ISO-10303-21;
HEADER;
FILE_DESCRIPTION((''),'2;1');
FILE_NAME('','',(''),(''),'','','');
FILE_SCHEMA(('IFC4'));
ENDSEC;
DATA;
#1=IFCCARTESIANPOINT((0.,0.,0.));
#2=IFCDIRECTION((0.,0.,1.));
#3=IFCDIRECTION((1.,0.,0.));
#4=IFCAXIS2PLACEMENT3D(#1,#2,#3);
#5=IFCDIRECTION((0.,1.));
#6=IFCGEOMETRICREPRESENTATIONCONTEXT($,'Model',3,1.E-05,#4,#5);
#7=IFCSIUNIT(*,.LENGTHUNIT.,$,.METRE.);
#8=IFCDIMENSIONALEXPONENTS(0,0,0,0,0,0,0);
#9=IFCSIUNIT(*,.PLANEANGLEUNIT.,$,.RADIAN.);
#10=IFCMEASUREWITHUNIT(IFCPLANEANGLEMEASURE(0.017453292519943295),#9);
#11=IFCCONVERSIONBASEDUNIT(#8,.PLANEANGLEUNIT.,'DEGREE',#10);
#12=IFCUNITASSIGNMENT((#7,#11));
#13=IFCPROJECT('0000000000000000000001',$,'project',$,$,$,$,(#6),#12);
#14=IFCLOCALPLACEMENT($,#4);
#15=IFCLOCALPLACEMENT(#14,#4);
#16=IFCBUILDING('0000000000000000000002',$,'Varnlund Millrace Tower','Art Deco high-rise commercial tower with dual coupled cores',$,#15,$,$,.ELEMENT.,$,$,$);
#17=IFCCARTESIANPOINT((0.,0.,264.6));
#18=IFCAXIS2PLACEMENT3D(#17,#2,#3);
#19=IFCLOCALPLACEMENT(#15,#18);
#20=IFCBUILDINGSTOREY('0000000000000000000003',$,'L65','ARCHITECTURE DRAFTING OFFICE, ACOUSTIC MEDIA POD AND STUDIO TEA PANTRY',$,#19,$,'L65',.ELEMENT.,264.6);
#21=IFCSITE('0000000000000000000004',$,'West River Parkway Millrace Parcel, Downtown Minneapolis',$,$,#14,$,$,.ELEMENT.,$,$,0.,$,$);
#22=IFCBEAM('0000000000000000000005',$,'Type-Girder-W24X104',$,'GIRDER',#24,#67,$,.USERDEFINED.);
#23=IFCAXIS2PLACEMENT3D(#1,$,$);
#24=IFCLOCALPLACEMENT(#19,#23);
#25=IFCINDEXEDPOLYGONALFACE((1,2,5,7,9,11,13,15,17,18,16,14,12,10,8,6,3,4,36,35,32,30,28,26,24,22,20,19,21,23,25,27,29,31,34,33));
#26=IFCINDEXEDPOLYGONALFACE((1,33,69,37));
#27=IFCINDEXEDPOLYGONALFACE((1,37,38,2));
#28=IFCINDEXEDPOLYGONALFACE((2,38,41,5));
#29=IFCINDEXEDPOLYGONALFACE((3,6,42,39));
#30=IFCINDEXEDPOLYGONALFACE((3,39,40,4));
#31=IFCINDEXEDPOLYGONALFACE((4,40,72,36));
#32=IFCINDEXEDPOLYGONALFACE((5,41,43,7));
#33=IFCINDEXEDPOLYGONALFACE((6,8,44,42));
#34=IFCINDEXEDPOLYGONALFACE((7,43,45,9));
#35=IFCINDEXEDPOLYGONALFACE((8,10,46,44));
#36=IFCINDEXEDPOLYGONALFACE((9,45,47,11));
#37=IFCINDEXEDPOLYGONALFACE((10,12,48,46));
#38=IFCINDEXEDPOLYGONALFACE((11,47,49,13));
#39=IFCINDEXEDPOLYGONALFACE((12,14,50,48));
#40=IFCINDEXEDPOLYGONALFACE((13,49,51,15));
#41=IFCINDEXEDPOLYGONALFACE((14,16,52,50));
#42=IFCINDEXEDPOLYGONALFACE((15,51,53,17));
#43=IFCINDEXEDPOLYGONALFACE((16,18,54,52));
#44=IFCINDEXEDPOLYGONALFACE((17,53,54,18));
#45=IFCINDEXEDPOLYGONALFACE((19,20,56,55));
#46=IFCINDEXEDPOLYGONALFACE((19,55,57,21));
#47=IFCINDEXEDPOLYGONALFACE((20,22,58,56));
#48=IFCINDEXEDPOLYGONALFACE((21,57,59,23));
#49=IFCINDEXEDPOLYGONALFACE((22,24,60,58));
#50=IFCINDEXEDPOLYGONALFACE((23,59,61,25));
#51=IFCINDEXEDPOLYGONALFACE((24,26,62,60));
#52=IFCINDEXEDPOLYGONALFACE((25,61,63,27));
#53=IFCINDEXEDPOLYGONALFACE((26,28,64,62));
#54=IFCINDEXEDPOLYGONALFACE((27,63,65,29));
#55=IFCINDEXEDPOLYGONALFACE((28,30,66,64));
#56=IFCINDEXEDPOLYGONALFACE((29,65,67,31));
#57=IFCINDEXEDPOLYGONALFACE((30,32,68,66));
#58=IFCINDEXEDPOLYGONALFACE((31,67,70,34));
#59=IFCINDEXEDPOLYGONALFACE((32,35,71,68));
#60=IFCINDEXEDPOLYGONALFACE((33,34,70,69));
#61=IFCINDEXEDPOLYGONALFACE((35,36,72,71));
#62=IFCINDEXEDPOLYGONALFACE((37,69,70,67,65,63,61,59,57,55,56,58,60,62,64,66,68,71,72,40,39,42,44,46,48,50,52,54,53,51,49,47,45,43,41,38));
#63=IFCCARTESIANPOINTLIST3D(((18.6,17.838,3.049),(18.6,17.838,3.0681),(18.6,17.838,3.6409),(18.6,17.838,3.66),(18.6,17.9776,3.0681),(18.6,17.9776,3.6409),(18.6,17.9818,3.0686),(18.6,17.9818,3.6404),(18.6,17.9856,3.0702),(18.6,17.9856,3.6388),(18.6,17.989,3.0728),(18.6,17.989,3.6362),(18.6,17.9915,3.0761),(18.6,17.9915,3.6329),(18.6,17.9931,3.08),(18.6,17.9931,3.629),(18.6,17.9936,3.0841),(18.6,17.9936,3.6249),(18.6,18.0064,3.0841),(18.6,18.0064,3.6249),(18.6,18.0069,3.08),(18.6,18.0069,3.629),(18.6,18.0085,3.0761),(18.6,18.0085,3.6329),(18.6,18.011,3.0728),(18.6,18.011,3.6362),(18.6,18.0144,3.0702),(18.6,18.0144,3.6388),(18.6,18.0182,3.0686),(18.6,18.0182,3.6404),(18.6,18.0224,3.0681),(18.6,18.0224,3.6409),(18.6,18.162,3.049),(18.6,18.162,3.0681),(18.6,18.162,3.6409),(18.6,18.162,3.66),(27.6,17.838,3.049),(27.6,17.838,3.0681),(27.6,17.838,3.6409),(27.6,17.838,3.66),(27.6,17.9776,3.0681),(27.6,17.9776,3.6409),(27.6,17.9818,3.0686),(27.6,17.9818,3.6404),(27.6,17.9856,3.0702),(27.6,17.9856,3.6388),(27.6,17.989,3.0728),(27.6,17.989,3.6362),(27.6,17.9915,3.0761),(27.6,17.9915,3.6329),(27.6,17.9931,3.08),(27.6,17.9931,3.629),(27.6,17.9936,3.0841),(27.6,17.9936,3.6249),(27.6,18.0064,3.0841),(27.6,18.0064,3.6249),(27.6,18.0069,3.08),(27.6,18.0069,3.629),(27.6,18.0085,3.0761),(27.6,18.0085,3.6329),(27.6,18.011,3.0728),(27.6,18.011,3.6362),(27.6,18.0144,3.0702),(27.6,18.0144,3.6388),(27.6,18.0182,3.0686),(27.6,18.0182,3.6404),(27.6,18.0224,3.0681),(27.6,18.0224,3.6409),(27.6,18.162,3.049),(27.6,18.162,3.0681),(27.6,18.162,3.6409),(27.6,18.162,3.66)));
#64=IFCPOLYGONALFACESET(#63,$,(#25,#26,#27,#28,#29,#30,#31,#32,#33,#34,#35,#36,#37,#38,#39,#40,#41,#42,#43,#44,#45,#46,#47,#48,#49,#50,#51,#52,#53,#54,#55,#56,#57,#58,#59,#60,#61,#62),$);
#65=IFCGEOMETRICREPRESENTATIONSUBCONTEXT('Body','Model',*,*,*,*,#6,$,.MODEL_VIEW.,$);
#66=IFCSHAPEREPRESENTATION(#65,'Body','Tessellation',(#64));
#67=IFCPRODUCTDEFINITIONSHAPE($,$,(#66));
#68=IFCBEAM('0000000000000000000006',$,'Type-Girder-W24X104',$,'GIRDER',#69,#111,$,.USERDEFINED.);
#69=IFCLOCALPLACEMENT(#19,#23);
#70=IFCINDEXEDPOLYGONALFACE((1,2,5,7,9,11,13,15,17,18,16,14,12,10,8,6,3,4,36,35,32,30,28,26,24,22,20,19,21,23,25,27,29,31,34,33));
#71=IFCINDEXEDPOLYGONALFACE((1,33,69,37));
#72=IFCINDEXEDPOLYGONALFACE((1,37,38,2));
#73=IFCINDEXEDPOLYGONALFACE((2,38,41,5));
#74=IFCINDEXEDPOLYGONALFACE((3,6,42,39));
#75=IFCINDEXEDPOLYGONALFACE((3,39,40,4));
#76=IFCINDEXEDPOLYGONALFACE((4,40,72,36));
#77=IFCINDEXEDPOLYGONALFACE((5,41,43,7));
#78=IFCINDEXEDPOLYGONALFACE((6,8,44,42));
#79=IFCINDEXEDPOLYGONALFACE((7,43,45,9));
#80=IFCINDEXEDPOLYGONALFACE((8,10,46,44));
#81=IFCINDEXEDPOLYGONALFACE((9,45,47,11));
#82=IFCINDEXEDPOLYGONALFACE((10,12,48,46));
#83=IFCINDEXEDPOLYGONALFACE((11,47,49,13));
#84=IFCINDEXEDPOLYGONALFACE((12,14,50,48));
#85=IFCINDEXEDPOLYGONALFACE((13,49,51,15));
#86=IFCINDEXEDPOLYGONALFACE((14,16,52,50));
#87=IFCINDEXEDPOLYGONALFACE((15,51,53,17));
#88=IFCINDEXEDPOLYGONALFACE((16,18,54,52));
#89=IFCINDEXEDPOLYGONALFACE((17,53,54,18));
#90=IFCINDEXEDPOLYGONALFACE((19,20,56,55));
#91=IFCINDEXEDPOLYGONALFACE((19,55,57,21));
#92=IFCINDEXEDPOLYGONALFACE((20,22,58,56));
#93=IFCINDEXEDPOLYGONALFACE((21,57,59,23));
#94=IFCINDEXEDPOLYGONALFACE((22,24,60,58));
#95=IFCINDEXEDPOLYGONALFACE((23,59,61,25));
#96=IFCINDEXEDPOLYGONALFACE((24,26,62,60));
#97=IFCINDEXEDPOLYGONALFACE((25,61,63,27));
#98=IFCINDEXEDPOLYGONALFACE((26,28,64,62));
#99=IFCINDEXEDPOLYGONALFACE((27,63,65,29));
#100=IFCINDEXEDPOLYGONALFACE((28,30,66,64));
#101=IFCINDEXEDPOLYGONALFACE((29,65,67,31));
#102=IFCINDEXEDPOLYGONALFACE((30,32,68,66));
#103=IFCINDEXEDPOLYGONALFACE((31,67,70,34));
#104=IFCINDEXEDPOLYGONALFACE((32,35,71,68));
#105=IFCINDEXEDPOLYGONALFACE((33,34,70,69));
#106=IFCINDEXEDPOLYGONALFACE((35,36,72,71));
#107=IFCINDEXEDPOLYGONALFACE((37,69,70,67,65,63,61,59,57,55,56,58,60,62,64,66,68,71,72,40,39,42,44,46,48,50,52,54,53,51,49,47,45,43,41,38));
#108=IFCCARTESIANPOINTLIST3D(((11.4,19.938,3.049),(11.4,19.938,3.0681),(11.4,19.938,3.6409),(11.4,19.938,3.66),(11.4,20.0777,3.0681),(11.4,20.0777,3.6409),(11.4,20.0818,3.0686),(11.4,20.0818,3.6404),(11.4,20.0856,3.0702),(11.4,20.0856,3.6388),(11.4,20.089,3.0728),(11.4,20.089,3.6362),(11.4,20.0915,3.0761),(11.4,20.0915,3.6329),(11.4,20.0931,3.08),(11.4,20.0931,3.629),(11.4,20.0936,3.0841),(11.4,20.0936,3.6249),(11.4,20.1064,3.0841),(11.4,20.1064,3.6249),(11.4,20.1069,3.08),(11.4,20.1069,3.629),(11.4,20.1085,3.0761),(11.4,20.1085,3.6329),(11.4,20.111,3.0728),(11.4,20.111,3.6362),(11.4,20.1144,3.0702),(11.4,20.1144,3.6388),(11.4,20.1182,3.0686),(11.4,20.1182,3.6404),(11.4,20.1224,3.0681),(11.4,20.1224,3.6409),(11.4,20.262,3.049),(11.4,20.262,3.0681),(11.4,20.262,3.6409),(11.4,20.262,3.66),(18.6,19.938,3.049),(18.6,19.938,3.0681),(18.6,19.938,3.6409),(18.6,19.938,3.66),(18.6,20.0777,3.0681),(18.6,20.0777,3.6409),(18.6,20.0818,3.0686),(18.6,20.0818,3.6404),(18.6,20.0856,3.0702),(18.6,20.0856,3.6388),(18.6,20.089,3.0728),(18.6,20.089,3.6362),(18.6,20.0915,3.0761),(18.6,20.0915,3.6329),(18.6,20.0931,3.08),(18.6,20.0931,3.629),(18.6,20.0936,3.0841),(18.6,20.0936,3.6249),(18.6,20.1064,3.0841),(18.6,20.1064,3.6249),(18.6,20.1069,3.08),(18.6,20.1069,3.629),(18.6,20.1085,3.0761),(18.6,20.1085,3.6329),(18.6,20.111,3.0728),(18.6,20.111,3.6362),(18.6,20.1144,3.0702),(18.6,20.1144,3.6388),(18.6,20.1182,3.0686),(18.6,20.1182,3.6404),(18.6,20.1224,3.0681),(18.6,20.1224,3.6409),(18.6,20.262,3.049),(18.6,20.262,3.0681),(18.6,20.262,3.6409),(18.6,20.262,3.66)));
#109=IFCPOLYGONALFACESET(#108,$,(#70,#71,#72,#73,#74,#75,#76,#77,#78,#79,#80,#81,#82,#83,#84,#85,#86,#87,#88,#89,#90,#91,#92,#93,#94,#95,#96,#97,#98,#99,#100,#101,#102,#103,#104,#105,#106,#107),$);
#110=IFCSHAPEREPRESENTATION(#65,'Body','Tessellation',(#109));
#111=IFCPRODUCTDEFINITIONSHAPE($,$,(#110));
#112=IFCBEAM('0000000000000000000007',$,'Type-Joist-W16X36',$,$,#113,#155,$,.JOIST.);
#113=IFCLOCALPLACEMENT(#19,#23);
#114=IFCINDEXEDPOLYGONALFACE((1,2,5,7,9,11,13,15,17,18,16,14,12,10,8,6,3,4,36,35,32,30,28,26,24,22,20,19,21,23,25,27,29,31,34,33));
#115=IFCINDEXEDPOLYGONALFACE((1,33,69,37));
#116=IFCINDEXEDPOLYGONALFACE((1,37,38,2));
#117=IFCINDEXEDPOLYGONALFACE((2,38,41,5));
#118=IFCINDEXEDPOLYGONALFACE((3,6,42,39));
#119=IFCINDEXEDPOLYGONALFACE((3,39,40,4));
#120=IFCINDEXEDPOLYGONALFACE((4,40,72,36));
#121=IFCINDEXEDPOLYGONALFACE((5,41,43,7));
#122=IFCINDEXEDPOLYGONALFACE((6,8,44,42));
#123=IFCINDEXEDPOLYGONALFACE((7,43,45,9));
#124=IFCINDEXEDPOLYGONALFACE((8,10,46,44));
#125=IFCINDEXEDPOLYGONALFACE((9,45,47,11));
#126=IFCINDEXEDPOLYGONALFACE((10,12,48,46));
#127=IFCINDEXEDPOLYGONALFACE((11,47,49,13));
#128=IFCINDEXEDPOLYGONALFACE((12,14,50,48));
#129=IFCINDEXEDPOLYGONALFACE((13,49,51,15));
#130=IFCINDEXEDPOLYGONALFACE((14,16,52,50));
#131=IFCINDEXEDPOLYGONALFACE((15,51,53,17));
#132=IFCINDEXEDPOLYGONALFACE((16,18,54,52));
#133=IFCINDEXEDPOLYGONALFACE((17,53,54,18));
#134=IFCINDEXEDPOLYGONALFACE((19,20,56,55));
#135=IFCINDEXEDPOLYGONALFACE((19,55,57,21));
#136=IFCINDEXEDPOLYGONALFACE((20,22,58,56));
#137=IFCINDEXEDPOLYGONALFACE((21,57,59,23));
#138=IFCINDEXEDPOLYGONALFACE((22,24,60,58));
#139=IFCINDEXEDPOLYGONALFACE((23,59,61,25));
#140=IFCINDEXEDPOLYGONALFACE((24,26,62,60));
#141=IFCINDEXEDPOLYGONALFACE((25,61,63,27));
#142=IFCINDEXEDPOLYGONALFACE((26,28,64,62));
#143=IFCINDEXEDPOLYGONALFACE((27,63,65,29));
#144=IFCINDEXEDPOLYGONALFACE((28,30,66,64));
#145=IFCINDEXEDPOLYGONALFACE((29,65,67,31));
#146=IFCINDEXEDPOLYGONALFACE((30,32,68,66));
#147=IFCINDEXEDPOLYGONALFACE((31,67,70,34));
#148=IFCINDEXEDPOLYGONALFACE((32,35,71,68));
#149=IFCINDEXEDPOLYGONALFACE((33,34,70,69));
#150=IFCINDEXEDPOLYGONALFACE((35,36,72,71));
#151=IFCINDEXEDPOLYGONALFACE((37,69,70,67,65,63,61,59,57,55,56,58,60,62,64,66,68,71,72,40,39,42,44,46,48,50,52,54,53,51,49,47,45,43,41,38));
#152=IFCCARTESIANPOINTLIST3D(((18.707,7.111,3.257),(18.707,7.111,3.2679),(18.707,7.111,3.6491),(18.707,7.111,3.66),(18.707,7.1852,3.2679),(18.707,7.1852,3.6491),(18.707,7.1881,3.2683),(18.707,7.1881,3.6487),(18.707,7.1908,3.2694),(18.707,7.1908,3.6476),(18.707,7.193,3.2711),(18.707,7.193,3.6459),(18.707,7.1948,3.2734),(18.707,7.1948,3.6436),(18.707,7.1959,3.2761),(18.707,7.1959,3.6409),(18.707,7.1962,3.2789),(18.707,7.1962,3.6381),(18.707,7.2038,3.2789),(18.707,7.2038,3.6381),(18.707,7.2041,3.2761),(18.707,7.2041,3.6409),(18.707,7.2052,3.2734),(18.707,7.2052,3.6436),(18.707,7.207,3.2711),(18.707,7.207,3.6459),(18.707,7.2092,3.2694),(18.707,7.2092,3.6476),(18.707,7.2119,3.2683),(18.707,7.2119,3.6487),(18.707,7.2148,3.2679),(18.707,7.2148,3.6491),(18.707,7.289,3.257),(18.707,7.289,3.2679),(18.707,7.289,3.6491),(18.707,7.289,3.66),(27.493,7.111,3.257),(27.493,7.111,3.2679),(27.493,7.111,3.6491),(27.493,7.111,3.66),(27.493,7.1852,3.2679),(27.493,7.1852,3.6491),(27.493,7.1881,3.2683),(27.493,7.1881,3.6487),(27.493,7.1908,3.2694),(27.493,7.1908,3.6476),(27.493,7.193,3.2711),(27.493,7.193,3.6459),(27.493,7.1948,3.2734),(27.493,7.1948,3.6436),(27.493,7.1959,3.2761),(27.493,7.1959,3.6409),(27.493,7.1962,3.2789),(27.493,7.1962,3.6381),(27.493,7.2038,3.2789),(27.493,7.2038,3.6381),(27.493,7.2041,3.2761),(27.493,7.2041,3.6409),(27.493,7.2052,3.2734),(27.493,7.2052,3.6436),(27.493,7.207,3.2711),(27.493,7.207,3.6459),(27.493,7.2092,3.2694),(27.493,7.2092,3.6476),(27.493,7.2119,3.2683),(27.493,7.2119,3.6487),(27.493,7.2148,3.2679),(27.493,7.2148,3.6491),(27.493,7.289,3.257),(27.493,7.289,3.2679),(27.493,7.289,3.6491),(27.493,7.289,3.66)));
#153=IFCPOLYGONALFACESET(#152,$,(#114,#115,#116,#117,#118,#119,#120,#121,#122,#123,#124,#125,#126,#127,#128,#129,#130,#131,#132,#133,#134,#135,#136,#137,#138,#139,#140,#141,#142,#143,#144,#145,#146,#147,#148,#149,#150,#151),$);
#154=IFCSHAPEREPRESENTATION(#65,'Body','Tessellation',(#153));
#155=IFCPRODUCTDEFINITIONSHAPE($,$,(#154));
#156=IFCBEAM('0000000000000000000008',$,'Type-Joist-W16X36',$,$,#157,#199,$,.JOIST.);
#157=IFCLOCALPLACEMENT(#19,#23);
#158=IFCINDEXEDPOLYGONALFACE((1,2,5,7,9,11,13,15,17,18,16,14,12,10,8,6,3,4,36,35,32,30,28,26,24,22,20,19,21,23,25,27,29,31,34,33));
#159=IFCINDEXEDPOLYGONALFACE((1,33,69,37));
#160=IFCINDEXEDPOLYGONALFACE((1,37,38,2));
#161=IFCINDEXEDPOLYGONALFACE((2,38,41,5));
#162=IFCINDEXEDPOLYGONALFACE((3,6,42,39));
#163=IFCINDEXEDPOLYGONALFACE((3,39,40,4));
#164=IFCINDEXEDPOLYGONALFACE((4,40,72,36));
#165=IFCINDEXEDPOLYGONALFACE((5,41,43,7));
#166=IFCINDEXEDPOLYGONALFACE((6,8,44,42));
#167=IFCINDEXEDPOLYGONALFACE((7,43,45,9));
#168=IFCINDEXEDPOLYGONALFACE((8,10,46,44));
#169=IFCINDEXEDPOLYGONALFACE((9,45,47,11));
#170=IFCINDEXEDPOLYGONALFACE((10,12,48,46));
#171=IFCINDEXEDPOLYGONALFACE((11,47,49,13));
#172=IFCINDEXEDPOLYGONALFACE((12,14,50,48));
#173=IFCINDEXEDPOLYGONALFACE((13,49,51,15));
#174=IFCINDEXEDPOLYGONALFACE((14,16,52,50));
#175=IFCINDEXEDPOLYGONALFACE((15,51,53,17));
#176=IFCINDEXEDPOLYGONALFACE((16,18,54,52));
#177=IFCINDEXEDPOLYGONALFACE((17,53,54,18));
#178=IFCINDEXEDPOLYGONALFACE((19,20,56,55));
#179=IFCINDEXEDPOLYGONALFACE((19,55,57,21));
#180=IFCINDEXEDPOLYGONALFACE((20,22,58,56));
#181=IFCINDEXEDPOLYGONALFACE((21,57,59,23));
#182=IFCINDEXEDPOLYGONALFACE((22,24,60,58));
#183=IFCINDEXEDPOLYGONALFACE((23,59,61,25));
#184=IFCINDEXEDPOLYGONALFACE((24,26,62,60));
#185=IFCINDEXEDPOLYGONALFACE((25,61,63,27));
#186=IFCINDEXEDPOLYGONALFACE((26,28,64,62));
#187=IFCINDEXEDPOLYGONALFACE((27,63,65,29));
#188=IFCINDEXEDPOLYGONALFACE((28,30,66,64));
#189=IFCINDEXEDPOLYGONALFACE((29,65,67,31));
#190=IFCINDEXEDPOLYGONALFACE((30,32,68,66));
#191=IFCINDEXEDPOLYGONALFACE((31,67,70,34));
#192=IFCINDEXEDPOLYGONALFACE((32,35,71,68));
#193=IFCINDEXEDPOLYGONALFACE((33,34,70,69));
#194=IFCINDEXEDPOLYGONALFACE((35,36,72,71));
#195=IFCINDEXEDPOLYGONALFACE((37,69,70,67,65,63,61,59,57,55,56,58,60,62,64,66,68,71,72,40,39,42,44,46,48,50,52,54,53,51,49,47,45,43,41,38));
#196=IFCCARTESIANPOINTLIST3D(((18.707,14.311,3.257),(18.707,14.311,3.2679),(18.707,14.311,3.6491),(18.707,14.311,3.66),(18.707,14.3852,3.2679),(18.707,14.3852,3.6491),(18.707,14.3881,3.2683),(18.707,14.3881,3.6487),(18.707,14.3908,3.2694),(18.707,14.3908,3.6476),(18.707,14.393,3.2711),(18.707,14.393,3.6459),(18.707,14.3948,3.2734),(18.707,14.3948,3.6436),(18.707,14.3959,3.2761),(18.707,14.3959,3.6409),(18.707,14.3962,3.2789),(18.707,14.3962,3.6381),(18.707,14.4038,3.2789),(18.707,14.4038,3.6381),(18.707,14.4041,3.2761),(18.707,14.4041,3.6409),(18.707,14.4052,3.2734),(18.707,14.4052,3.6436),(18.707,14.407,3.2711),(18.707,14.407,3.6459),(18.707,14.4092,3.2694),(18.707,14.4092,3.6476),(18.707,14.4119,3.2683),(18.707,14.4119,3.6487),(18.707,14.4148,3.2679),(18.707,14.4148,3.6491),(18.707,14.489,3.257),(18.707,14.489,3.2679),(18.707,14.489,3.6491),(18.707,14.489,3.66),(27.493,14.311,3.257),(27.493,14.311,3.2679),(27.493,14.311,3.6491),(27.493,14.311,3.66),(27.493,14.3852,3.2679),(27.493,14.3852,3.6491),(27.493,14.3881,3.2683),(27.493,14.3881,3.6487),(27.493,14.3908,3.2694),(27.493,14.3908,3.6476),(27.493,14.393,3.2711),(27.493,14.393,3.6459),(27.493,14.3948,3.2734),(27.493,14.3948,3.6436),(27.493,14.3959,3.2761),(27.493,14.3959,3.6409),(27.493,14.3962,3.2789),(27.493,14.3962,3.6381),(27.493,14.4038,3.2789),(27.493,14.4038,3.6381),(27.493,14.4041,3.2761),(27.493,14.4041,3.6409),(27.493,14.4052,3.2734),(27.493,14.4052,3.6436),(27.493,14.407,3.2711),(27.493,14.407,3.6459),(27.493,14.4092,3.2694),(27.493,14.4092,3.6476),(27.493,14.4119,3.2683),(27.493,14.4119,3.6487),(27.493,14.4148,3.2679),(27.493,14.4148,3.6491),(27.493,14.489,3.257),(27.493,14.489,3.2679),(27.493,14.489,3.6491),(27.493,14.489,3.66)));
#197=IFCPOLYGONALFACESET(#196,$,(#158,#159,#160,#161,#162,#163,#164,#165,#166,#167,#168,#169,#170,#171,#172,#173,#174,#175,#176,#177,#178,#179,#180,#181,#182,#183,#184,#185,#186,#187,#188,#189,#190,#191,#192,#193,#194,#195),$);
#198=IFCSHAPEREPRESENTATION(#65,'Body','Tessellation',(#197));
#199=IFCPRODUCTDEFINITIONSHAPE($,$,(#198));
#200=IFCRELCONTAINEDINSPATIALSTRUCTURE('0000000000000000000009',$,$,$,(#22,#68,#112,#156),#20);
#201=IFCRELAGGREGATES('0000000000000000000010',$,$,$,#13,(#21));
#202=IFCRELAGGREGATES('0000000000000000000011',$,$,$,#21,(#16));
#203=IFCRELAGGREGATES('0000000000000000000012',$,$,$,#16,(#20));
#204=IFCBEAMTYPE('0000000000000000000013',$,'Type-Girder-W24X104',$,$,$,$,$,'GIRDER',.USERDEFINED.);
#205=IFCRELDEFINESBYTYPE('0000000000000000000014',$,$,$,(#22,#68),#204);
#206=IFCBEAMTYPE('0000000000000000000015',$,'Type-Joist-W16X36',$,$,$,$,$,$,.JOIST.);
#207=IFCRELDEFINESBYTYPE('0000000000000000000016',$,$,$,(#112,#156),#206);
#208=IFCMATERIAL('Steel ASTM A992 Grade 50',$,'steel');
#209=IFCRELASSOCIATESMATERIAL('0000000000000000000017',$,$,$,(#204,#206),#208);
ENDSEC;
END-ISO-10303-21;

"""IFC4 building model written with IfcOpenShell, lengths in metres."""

from ifc_helpers import new_model, entity, si_unit, converted_unit, direction, frame, origin_with_axes, origin_2d_with_axis, place, context, subcontext, project, spatial, i_section, extrude, material, material_profile, profile_set, type_object, element, save


model = new_model("IFC4")

# Units and contexts
model_context = context("Model", 3, precision=1e-05, world=origin_with_axes(), true_north=direction((0.0, 1.0)))
body_context = subcontext(model_context, "Body", "Model", "MODEL_VIEW")
ifc_project = project(units=[si_unit("LENGTHUNIT", "METRE"), converted_unit("PLANEANGLEUNIT", "DEGREE", entity("IfcPlaneAngleMeasure", 0.017453292519943295), si_unit("PLANEANGLEUNIT", "RADIAN"), dimensions=[0, 0, 0, 0, 0, 0, 0])], contexts=[model_context])

# Site, building, storey
site_placement = place(None, origin_with_axes())
site = spatial("IfcSite", under=ifc_project, at=site_placement, Name="West River Parkway Millrace Parcel, Downtown Minneapolis", CompositionType="ELEMENT", RefElevation=0.0)
building_placement = place(site_placement, origin_with_axes())
building = spatial("IfcBuilding", under=site, at=building_placement, Name="Varnlund Millrace Tower", Description="Art Deco high-rise commercial tower with dual coupled cores", CompositionType="ELEMENT")
storey_placement = place(building_placement, frame((0.0, 0.0, 264.6), z_axis=(0.0, 0.0, 1.0), x_axis=(1.0, 0.0, 0.0)))
storey = spatial("IfcBuildingStorey", under=building, at=storey_placement, Name="L65", Description="ARCHITECTURE DRAFTING OFFICE, ACOUSTIC MEDIA POD AND STUDIO TEA PANTRY", LongName="L65", CompositionType="ELEMENT", Elevation=264.6)

# Beams
ifc_material_1 = material(Name="Steel ASTM A992 Grade 50", Category="steel")
ifc_material_profile_1 = material_profile(ifc_material_1, i_section(OverallWidth=0.324, OverallDepth=0.611, WebThickness=0.0127, FlangeThickness=0.0191, FilletRadius=0.016, at=origin_2d_with_axis()), Name="Steel ASTM A992 Grade 50")
ifc_profile_set_1 = profile_set([ifc_material_profile_1], Name="Steel ASTM A992 Grade 50")
beam_type_1 = type_object("IfcBeamType", Name="Type-Girder-W24X104", ElementType="GIRDER", PredefinedType="USERDEFINED", material=ifc_profile_set_1)
for number, where, z_axis, x_axis, name in (
    (1, (18.6, 18.0, 3.3545), (1.0, 0.0, 0.0), (0.0, 1.0, 0.0), "Type-Girder-W24X104"),
):
    element("IfcBeam", number, at=place(storey_placement, frame(where, z_axis=z_axis, x_axis=x_axis)), inside=storey, type_object=beam_type_1, Name=name, ObjectType="GIRDER", PredefinedType="USERDEFINED", context=body_context, shape_type="SweptSolid", body=[
        extrude(i_section(OverallWidth=0.324, OverallDepth=0.611, WebThickness=0.0127, FlangeThickness=0.0191, FilletRadius=0.016, at=origin_2d_with_axis()), origin_with_axes(), (0.0, 0.0, 1.0), 9.0),
    ])
beam_1_placement = place(storey_placement, frame((11.4, 20.1, 3.3545), z_axis=(1.0, 0.0, 0.0), x_axis=(0.0, 1.0, 0.0)))
element("IfcBeam", 2, at=beam_1_placement, inside=storey, type_object=beam_type_1, Name="Type-Girder-W24X104", ObjectType="GIRDER", PredefinedType="USERDEFINED", context=body_context, shape_type="SweptSolid", body=[
    extrude(i_section(OverallWidth=0.324, OverallDepth=0.611, WebThickness=0.0127, FlangeThickness=0.0191, FilletRadius=0.016, at=origin_2d_with_axis()), origin_with_axes(), (0.0, 0.0, 1.0), 7.2),
])
ifc_material_profile_2 = material_profile(ifc_material_1, i_section(OverallWidth=0.178, OverallDepth=0.403, WebThickness=0.0075, FlangeThickness=0.0109, FilletRadius=0.011, at=origin_2d_with_axis()), Name="Steel ASTM A992 Grade 50")
ifc_profile_set_2 = profile_set([ifc_material_profile_2], Name="Steel ASTM A992 Grade 50")
beam_type_2 = type_object("IfcBeamType", Name="Type-Joist-W16X36", PredefinedType="JOIST", material=ifc_profile_set_2)
for number, where, z_axis, x_axis, name in (
    (3, (18.707, 7.2, 3.4585), (1.0, 0.0, 0.0), (0.0, 1.0, 0.0), "Type-Joist-W16X36"),
    (4, (18.707, 14.4, 3.4585), (1.0, 0.0, 0.0), (0.0, 1.0, 0.0), "Type-Joist-W16X36"),
):
    element("IfcBeam", number, at=place(storey_placement, frame(where, z_axis=z_axis, x_axis=x_axis)), inside=storey, type_object=beam_type_2, Name=name, PredefinedType="JOIST", context=body_context, shape_type="SweptSolid", body=[
        extrude(i_section(OverallWidth=0.178, OverallDepth=0.403, WebThickness=0.0075, FlangeThickness=0.0109, FilletRadius=0.011, at=origin_2d_with_axis()), origin_with_axes(), (0.0, 0.0, 1.0), 8.786),
    ])

save(model, "model.ifc")
